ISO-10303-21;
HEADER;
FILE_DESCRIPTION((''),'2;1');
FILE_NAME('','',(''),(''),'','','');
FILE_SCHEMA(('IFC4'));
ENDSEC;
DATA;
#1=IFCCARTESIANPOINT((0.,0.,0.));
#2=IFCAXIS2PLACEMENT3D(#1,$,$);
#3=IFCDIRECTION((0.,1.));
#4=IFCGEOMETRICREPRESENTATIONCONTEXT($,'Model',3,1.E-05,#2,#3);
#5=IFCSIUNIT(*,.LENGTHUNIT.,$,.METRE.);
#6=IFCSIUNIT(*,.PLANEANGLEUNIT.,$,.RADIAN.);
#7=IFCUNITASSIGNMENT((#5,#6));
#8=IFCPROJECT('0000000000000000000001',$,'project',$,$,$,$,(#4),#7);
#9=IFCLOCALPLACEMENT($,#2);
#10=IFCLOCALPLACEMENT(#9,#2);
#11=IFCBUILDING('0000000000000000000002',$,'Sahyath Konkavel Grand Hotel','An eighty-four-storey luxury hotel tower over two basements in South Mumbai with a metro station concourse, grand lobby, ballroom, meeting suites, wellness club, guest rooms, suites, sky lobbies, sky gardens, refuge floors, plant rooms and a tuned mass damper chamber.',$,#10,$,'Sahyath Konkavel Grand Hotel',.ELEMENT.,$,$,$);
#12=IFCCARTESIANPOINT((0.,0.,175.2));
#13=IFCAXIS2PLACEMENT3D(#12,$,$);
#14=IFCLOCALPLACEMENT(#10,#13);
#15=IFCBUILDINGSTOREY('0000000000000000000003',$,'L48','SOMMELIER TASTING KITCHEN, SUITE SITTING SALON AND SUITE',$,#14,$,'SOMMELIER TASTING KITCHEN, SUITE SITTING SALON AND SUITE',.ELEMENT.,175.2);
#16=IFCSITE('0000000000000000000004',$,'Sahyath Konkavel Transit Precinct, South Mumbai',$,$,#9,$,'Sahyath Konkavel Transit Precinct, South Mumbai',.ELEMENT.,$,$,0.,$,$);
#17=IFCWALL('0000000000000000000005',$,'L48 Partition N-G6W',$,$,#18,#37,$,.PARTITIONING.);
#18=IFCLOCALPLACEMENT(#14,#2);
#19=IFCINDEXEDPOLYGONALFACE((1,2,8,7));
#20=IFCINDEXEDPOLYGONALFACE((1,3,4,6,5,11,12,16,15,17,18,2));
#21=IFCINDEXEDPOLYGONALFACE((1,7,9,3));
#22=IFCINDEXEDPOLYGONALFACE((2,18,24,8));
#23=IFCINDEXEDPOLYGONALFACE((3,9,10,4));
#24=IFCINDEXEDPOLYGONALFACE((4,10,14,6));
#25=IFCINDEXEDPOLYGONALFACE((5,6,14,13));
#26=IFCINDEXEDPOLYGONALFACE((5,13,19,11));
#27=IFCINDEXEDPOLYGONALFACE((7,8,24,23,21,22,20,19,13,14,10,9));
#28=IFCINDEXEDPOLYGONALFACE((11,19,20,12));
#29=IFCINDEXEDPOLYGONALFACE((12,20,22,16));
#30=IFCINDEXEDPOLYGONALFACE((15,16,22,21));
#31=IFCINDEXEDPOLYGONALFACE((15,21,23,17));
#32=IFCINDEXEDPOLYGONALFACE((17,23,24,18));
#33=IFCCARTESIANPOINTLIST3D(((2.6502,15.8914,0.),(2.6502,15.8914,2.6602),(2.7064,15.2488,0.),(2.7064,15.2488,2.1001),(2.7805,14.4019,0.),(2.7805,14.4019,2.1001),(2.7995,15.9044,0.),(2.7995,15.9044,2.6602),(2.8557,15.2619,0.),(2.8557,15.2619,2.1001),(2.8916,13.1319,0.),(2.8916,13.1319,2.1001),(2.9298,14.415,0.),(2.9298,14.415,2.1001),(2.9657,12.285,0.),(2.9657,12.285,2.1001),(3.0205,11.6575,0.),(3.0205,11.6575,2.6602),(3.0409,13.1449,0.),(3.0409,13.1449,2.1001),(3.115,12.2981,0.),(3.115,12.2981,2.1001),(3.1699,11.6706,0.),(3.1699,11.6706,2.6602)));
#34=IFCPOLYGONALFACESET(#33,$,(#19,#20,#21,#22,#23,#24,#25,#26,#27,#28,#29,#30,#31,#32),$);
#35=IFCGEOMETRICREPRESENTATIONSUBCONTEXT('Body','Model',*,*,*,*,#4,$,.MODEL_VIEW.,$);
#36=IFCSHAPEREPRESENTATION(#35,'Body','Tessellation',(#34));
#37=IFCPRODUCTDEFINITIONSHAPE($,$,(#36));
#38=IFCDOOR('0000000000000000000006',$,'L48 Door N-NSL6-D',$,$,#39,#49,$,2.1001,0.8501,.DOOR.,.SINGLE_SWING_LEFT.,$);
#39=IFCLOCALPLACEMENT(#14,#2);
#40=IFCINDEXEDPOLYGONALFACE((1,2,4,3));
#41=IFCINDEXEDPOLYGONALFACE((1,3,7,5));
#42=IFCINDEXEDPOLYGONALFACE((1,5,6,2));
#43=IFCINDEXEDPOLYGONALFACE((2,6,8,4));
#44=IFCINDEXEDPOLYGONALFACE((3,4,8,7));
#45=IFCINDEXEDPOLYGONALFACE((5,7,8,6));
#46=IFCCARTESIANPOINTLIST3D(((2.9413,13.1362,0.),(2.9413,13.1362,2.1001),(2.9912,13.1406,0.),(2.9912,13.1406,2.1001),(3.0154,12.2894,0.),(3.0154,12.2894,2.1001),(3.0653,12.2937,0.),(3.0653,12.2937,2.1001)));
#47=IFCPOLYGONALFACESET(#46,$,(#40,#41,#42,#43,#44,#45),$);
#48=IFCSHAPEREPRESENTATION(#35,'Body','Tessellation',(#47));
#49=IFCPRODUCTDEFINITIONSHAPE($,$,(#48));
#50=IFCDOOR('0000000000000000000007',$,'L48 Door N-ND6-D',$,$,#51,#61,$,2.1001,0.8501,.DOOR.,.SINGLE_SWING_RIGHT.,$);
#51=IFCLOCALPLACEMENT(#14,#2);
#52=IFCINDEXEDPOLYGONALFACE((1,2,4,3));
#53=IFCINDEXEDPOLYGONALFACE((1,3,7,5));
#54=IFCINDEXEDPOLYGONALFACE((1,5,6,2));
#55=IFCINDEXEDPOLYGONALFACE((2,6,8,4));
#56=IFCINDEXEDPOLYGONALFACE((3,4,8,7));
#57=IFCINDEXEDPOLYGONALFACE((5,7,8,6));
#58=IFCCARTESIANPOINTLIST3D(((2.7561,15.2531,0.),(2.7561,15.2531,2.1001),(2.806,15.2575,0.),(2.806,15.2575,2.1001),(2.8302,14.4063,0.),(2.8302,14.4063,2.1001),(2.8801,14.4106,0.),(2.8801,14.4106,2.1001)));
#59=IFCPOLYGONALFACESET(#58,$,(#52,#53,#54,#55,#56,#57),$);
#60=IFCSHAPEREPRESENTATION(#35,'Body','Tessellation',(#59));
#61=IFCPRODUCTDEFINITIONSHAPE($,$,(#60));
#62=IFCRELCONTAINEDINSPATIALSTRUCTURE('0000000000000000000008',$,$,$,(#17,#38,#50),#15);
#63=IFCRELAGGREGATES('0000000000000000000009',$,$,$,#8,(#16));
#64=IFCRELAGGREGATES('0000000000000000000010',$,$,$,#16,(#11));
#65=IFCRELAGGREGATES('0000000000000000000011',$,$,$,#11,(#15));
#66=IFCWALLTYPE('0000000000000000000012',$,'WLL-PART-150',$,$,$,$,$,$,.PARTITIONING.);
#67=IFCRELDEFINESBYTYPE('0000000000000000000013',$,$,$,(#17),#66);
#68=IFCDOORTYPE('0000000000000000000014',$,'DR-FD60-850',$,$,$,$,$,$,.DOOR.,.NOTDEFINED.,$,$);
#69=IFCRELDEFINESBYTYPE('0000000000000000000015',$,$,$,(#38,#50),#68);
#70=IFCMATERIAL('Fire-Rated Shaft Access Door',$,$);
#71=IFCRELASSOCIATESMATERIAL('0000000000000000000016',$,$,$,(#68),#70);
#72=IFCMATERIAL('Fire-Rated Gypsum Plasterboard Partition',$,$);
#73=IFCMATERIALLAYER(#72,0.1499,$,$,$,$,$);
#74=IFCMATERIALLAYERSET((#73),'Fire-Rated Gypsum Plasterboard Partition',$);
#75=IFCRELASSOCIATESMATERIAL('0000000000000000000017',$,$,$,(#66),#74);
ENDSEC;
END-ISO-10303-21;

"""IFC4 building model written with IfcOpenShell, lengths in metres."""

from ifc_helpers import new_model, si_unit, direction, frame, frame_2d, origin, origin_2d, place, context, subcontext, project, spatial, rectangle, extrude, source, transform, mapped, material, layer, layer_set, type_object, element, fill, save


model = new_model("IFC4")

# Units and contexts
model_context = context("Model", 3, precision=1e-05, world=origin(), true_north=direction((0.0, 1.0)))
body_context = subcontext(model_context, "Body", "Model", "MODEL_VIEW")
ifc_project = project(units=[si_unit("LENGTHUNIT", "METRE"), si_unit("PLANEANGLEUNIT", "RADIAN")], contexts=[model_context])

# Site, building, storey
site_placement = place(None, origin())
site = spatial("IfcSite", under=ifc_project, at=site_placement, Name="Sahyath Konkavel Transit Precinct, South Mumbai", LongName="Sahyath Konkavel Transit Precinct, South Mumbai", CompositionType="ELEMENT", RefElevation=0.0)
building_placement = place(site_placement, origin())
building = spatial("IfcBuilding", under=site, at=building_placement, Name="Sahyath Konkavel Grand Hotel", Description="An eighty-four-storey luxury hotel tower over two basements in South Mumbai with a metro station concourse, grand lobby, ballroom, meeting suites, wellness club, guest rooms, suites, sky lobbies, sky gardens, refuge floors, plant rooms and a tuned mass damper chamber.", LongName="Sahyath Konkavel Grand Hotel", CompositionType="ELEMENT")
storey_placement = place(building_placement, frame((0.0, 0.0, 175.2)))
storey = spatial("IfcBuildingStorey", under=building, at=storey_placement, Name="L48", Description="SOMMELIER TASTING KITCHEN, SUITE SITTING SALON AND SUITE", LongName="SOMMELIER TASTING KITCHEN, SUITE SITTING SALON AND SUITE", CompositionType="ELEMENT", Elevation=175.2)

# Shared definitions
ifc_material_1 = material(Name="Fire-Rated Shaft Access Door")
door_type = type_object("IfcDoorType", Name="DR-FD60-850", OperationType="NOTDEFINED", PredefinedType="DOOR", material=ifc_material_1)
shared_shape_1 = source(origin(), body_context, "Body", "SweptSolid", [
    extrude(rectangle(XDim=0.8501, YDim=0.05, at=origin_2d()), origin(), (0.0, 0.0, 1.0), 2.1001),
])

# Wall, openings, doors
ifc_material_2 = material(Name="Fire-Rated Gypsum Plasterboard Partition")
ifc_layer_1 = layer(ifc_material_2, 0.1499)
ifc_layer_set_1 = layer_set([ifc_layer_1], Name="Fire-Rated Gypsum Plasterboard Partition")
wall_type_1 = type_object("IfcWallType", Name="WLL-PART-150", PredefinedType="PARTITIONING", material=ifc_layer_set_1)
wall_1_placement = place(storey_placement, frame((3.0952, 11.6641, 0.0), z_axis=(0.0, 0.0, 1.0), x_axis=(-0.087143, 0.996196, 0.0)))
wall_1 = element("IfcWall", 1, at=wall_1_placement, inside=storey, type_object=wall_type_1, Name="L48 Partition N-G6W", PredefinedType="PARTITIONING", context=body_context, shape_type="SweptSolid", body=[
    extrude(rectangle(XDim=4.25, YDim=0.1499, at=frame_2d((2.125, 0.0))), origin(), (0.0, 0.0, 1.0), 2.6602),
])
opening_1_placement = place(wall_1_placement, frame((0.6299, 0.0, 0.0)))
opening_1 = element("IfcOpeningElement", 2, at=opening_1_placement, cuts=wall_1, PredefinedType="OPENING", context=body_context, shape_type="SweptSolid", body=[
    extrude(rectangle(XDim=0.8501, YDim=2.1001, at=frame_2d((0.425, 1.05))), frame((0.0, 0.085, 0.0), z_axis=(0.0, -1.0, 0.0), x_axis=(1.0, 0.0, 0.0)), (0.0, 0.0, 1.0), 0.1699),
])
opening_2_placement = place(wall_1_placement, frame((2.7549, 0.0, 0.0)))
opening_2 = element("IfcOpeningElement", 3, at=opening_2_placement, cuts=wall_1, PredefinedType="OPENING", context=body_context, shape_type="SweptSolid", body=[
    extrude(rectangle(XDim=0.8501, YDim=2.1001, at=frame_2d((0.425, 1.05))), frame((0.0, 0.085, 0.0), z_axis=(0.0, -1.0, 0.0), x_axis=(1.0, 0.0, 0.0)), (0.0, 0.0, 1.0), 0.1699),
])
door_1_placement = place(opening_1_placement, frame((0.425, 0.0, 0.0)))
door_1 = element("IfcDoor", 4, at=door_1_placement, inside=storey, type_object=door_type, Name="L48 Door N-NSL6-D", OperationType="SINGLE_SWING_LEFT", OverallHeight=2.1001, OverallWidth=0.8501, PredefinedType="DOOR", context=body_context, shape_type="MappedRepresentation", body=[
    mapped(shared_shape_1, transform((0.0, 0.0, 0.0), scale=1.0)),
])
fill(opening_1, door_1)
door_2_placement = place(opening_2_placement, frame((0.425, 0.0, 0.0)))
door_2 = element("IfcDoor", 5, at=door_2_placement, inside=storey, type_object=door_type, Name="L48 Door N-ND6-D", OperationType="SINGLE_SWING_RIGHT", OverallHeight=2.1001, OverallWidth=0.8501, PredefinedType="DOOR", context=body_context, shape_type="MappedRepresentation", body=[
    mapped(shared_shape_1, transform((0.0, 0.0, 0.0), scale=1.0)),
])
fill(opening_2, door_2)

save(model, "model.ifc")
